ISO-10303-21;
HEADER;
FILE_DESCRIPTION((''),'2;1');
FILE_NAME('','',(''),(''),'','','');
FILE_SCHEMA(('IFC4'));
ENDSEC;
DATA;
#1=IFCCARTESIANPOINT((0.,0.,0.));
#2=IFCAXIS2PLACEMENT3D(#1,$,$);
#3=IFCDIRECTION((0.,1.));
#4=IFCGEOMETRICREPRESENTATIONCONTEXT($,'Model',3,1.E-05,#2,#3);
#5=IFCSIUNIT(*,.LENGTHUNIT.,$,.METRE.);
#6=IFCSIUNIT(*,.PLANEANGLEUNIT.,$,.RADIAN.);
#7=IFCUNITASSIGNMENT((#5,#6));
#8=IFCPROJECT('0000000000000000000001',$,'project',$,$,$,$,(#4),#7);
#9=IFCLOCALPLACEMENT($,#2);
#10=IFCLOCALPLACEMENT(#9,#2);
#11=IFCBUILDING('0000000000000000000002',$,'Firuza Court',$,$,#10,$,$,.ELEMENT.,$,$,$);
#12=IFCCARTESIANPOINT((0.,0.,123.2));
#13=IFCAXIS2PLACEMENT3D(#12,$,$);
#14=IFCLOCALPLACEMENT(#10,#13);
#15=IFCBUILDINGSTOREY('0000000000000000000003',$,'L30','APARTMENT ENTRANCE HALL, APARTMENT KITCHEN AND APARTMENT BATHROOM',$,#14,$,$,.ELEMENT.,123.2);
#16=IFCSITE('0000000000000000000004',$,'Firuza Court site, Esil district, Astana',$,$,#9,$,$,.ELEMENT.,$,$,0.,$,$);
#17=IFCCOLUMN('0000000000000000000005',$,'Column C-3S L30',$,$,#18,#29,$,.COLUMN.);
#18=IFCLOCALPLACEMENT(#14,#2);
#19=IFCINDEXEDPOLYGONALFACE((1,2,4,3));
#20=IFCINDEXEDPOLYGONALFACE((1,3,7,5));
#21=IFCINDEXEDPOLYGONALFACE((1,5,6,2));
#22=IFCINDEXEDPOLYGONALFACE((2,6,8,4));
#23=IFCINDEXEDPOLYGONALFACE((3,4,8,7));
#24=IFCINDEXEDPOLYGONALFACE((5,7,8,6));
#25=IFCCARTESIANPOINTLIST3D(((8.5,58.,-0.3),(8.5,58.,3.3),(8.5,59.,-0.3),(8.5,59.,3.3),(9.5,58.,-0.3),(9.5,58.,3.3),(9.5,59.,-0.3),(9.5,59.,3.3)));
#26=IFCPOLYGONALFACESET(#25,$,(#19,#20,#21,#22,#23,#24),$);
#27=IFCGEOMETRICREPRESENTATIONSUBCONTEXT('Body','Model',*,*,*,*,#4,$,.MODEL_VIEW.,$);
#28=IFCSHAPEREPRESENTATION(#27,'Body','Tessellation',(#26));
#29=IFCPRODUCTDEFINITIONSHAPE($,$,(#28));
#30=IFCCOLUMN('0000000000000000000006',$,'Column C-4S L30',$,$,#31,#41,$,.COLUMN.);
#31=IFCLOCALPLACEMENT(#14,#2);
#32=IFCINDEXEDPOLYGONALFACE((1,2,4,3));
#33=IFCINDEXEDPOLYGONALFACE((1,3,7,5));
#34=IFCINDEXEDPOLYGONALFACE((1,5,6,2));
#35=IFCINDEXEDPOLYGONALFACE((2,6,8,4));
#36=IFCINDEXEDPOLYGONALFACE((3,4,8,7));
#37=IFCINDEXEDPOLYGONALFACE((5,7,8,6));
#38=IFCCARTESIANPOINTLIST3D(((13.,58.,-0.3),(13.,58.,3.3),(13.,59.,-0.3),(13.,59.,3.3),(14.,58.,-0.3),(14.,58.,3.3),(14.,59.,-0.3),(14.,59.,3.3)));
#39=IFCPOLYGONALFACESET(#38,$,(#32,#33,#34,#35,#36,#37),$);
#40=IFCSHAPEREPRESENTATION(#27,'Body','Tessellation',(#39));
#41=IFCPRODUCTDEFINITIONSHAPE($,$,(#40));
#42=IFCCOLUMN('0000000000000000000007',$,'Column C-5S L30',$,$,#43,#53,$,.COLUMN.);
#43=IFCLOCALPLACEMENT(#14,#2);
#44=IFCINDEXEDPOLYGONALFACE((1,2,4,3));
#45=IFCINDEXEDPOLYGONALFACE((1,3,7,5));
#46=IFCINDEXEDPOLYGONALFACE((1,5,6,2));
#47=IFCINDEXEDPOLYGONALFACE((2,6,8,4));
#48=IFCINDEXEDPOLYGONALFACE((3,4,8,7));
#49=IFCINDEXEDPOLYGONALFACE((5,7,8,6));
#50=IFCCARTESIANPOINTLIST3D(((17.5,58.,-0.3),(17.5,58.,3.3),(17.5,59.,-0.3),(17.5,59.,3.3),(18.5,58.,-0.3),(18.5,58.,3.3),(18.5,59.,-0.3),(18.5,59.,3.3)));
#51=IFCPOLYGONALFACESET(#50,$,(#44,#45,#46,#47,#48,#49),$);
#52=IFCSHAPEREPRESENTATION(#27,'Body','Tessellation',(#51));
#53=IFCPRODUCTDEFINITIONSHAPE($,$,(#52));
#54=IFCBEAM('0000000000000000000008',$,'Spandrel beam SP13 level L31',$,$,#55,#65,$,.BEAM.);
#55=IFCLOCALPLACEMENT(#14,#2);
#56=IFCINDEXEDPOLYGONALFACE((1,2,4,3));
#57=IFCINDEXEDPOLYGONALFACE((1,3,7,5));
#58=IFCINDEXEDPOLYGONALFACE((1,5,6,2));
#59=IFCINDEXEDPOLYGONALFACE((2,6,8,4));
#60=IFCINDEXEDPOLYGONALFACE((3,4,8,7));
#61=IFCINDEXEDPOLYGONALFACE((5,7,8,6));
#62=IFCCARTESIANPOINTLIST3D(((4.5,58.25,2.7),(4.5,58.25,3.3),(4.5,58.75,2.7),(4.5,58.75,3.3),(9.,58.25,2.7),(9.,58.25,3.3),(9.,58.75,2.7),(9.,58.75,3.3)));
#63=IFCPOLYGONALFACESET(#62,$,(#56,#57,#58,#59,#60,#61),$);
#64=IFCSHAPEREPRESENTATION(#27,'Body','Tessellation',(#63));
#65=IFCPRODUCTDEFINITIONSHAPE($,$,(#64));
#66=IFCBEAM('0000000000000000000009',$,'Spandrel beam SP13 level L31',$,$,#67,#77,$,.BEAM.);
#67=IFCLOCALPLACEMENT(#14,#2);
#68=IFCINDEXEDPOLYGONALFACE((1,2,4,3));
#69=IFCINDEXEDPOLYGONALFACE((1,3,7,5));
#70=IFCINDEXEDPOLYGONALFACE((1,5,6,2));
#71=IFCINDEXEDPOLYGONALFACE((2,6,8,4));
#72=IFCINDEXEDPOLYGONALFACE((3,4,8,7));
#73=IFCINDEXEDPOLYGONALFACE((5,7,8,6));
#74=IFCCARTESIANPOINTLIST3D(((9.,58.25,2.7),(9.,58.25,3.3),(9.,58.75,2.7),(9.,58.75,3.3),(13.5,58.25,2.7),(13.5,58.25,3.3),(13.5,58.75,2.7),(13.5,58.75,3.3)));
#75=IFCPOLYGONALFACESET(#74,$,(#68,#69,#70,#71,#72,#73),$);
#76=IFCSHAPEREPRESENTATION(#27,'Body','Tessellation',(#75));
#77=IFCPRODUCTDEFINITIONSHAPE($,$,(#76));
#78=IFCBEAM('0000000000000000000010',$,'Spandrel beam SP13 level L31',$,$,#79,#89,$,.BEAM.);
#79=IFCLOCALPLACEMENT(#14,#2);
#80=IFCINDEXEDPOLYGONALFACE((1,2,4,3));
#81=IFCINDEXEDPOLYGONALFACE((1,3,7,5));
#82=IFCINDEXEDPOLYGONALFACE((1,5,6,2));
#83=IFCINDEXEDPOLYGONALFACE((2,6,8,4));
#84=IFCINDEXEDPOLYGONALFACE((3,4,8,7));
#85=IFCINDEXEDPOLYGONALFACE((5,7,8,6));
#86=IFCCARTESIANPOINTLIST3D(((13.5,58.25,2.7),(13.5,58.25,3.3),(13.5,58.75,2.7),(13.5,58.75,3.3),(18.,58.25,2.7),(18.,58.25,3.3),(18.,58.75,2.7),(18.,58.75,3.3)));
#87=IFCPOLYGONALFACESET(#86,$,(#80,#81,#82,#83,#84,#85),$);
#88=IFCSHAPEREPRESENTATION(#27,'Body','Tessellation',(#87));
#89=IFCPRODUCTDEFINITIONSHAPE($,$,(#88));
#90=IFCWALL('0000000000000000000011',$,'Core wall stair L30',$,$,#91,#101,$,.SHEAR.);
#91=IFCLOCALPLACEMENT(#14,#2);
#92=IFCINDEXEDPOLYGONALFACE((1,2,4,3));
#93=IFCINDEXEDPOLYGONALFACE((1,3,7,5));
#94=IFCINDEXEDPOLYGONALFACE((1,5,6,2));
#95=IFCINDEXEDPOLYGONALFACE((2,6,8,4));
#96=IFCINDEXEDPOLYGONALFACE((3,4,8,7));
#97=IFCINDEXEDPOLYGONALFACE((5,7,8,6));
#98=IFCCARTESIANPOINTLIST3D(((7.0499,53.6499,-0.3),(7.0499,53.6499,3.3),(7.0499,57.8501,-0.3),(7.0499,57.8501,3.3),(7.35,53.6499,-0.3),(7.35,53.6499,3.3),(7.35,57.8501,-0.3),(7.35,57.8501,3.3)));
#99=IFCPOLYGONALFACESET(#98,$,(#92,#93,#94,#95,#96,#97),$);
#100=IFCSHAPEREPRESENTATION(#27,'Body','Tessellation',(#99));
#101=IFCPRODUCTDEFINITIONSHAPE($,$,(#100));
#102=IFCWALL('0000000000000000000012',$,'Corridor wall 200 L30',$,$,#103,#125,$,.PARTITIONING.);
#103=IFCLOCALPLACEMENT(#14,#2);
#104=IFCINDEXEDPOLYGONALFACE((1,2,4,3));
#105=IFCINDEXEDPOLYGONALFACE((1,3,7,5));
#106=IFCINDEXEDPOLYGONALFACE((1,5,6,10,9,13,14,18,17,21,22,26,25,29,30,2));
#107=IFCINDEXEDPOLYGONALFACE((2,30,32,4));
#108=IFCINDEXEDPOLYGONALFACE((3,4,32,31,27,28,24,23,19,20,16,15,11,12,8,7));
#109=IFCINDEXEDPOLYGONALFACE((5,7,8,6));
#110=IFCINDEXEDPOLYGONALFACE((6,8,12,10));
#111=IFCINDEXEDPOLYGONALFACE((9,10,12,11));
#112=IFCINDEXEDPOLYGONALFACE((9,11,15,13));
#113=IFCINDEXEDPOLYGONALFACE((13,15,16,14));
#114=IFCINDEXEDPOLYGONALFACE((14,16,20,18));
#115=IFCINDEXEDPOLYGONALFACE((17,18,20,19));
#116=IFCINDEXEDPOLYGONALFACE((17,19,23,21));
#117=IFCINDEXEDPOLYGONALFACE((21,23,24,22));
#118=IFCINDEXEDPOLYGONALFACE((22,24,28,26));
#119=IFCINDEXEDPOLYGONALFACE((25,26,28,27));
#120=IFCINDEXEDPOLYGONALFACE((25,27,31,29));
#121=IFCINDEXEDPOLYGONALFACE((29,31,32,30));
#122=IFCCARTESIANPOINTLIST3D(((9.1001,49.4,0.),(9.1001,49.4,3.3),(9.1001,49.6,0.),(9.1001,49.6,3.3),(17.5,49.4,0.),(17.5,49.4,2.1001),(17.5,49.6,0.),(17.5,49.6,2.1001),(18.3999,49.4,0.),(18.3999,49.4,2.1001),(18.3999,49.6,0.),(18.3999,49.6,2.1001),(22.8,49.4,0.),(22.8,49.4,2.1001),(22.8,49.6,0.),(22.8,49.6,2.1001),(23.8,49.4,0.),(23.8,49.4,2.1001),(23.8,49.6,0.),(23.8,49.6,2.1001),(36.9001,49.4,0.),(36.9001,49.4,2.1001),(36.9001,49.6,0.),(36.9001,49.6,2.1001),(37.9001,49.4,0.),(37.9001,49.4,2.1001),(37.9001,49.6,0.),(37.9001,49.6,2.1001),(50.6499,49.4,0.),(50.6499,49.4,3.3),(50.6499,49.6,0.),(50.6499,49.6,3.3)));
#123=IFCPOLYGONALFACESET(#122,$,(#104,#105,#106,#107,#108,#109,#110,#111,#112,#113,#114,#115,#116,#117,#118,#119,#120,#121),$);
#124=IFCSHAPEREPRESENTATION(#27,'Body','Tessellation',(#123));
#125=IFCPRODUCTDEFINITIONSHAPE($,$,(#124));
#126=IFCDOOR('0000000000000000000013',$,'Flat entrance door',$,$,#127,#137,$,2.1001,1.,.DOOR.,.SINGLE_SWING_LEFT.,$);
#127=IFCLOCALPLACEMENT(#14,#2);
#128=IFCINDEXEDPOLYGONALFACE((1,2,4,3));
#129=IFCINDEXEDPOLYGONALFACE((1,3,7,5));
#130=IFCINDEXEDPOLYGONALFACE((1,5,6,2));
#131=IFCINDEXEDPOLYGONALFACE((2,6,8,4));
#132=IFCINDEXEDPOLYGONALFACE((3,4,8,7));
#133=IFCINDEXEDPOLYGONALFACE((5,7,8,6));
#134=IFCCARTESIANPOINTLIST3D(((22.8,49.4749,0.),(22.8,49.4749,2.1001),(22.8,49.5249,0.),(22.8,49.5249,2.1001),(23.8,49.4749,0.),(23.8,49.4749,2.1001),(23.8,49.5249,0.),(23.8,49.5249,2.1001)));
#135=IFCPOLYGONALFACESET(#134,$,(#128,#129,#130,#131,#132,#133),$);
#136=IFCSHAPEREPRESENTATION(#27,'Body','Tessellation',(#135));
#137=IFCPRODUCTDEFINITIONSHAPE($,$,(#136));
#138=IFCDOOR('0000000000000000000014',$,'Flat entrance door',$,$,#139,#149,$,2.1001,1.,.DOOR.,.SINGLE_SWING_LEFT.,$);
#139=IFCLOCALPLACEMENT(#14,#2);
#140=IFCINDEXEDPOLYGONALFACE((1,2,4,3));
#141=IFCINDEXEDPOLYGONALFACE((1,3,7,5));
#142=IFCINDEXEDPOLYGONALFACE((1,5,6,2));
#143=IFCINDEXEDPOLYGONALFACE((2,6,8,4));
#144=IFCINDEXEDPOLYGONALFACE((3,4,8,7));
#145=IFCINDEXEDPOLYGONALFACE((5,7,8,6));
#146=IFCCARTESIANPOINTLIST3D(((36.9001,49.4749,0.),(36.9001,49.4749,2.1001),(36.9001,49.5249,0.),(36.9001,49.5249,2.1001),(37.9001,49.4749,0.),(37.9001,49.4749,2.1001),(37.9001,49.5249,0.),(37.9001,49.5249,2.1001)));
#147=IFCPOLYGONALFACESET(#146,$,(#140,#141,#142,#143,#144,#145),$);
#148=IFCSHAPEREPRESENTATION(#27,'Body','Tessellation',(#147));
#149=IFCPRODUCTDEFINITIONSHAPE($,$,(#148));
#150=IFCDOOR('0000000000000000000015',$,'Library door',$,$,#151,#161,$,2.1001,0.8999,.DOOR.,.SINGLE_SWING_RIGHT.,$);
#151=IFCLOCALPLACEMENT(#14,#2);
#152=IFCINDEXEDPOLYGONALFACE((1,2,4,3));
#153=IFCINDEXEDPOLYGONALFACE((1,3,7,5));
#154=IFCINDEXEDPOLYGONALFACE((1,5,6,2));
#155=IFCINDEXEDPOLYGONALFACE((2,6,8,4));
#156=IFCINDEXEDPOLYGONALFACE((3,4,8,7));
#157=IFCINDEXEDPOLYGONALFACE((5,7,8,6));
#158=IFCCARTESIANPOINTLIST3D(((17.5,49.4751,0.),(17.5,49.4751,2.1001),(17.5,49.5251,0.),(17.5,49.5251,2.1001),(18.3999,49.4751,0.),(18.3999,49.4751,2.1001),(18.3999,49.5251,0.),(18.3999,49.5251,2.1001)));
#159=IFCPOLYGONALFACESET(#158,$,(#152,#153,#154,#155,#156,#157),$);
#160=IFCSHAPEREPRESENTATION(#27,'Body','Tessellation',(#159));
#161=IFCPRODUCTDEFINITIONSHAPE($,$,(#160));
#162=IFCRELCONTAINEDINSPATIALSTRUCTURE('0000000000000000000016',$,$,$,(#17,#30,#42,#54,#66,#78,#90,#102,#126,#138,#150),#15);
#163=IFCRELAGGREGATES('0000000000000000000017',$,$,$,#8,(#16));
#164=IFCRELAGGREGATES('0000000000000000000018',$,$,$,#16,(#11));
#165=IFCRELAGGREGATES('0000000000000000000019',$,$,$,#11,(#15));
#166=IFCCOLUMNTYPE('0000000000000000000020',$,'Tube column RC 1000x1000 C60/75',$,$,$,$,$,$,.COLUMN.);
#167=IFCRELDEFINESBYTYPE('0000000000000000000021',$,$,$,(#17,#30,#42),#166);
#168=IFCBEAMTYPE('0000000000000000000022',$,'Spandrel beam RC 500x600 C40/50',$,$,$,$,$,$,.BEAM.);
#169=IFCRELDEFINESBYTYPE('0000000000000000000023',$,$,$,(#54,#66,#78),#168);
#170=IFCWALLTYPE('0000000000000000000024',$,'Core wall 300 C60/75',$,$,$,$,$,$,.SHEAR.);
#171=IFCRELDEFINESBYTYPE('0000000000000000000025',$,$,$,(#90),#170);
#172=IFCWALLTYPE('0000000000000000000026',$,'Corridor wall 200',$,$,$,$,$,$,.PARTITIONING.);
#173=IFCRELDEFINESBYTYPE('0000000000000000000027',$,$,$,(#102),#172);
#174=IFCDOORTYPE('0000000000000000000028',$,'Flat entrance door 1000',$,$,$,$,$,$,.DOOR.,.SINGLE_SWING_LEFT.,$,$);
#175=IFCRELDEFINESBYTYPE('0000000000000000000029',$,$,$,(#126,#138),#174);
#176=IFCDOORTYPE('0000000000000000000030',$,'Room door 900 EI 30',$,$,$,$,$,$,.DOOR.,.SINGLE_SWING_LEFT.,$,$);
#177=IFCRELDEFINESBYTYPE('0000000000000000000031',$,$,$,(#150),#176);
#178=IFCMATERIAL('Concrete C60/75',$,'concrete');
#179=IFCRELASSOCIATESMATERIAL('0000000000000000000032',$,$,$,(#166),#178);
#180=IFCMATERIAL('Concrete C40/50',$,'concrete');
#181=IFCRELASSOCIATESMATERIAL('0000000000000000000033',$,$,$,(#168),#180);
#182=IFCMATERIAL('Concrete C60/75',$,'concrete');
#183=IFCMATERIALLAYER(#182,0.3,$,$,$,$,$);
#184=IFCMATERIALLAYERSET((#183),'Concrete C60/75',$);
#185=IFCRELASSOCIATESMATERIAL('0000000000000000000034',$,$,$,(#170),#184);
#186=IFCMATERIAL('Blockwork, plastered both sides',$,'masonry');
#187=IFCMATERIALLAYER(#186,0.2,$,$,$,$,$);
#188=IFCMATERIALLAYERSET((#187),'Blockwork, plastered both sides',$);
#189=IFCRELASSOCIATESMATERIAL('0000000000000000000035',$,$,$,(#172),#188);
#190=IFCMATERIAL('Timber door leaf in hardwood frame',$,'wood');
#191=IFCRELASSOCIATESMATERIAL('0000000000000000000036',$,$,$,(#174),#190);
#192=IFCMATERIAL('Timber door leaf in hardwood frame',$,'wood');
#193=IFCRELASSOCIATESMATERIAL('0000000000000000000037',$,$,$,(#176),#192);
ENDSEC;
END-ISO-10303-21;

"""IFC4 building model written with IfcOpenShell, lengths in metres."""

from ifc_helpers import new_model, si_unit, direction, frame, frame_2d, origin, origin_2d, place, context, subcontext, project, spatial, rectangle, extrude, material, layer, layer_set, material_profile, profile_set, type_object, element, fill, save


model = new_model("IFC4")

# Units and contexts
model_context = context("Model", 3, precision=1e-05, world=origin(), true_north=direction((0.0, 1.0)))
body_context = subcontext(model_context, "Body", "Model", "MODEL_VIEW")
ifc_project = project(units=[si_unit("LENGTHUNIT", "METRE"), si_unit("PLANEANGLEUNIT", "RADIAN")], contexts=[model_context])

# Site, building, storey
site_placement = place(None, origin())
site = spatial("IfcSite", under=ifc_project, at=site_placement, Name="Firuza Court site, Esil district, Astana", CompositionType="ELEMENT", RefElevation=0.0)
building_placement = place(site_placement, origin())
building = spatial("IfcBuilding", under=site, at=building_placement, Name="Firuza Court", CompositionType="ELEMENT")
storey_placement = place(building_placement, frame((0.0, 0.0, 123.2)))
storey = spatial("IfcBuildingStorey", under=building, at=storey_placement, Name="L30", Description="APARTMENT ENTRANCE HALL, APARTMENT KITCHEN AND APARTMENT BATHROOM", CompositionType="ELEMENT", Elevation=123.2)

# Columns
ifc_material_1 = material(Name="Concrete C60/75", Category="concrete")
ifc_material_profile_1 = material_profile(ifc_material_1, rectangle(XDim=1.0, YDim=1.0, at=origin_2d()), Name="RC 1000x1000")
ifc_profile_set_1 = profile_set([ifc_material_profile_1], Name="Concrete C60/75")
column_type = type_object("IfcColumnType", Name="Tube column RC 1000x1000 C60/75", PredefinedType="COLUMN", material=ifc_profile_set_1)
for number, where, z_axis, x_axis, name in (
    (1, (9.0, 58.5, -0.3), (0.0, 0.0, 1.0), (1.0, 0.0, 0.0), "Column C-3S L30"),
    (2, (13.5, 58.5, -0.3), (0.0, 0.0, 1.0), (1.0, 0.0, 0.0), "Column C-4S L30"),
    (3, (18.0, 58.5, -0.3), (0.0, 0.0, 1.0), (1.0, 0.0, 0.0), "Column C-5S L30"),
):
    element("IfcColumn", number, at=place(storey_placement, frame(where, z_axis=z_axis, x_axis=x_axis)), inside=storey, type_object=column_type, Name=name, PredefinedType="COLUMN", context=body_context, shape_type="SweptSolid", body=[
        extrude(rectangle(XDim=1.0, YDim=1.0, at=origin_2d()), origin(), (0.0, 0.0, 1.0), 3.6001),
    ])

# Beams
ifc_material_2 = material(Name="Concrete C40/50", Category="concrete")
ifc_material_profile_2 = material_profile(ifc_material_2, rectangle(XDim=0.5, YDim=0.6001, at=origin_2d()), Name="RC 500x600")
ifc_profile_set_2 = profile_set([ifc_material_profile_2], Name="Concrete C40/50")
beam_type = type_object("IfcBeamType", Name="Spandrel beam RC 500x600 C40/50", PredefinedType="BEAM", material=ifc_profile_set_2)
for number, where, z_axis, x_axis, name in (
    (4, (9.0, 58.5, 3.0), (-1.0, 0.0, 0.0), (0.0, -1.0, 0.0), "Spandrel beam SP13 level L31"),
    (5, (13.5, 58.5, 3.0), (-1.0, 0.0, 0.0), (0.0, -1.0, 0.0), "Spandrel beam SP13 level L31"),
    (6, (18.0, 58.5, 3.0), (-1.0, 0.0, 0.0), (0.0, -1.0, 0.0), "Spandrel beam SP13 level L31"),
):
    element("IfcBeam", number, at=place(storey_placement, frame(where, z_axis=z_axis, x_axis=x_axis)), inside=storey, type_object=beam_type, Name=name, PredefinedType="BEAM", context=body_context, shape_type="SweptSolid", body=[
        extrude(rectangle(XDim=0.5, YDim=0.6001, at=origin_2d()), origin(), (0.0, 0.0, 1.0), 4.5),
    ])

# Wall
ifc_material_3 = material(Name="Concrete C60/75", Category="concrete")
ifc_layer_1 = layer(ifc_material_3, 0.3)
ifc_layer_set_1 = layer_set([ifc_layer_1], Name="Concrete C60/75")
wall_type_1 = type_object("IfcWallType", Name="Core wall 300 C60/75", PredefinedType="SHEAR", material=ifc_layer_set_1)
wall_1_placement = place(storey_placement, frame((7.2, 53.6499, -0.3), z_axis=(0.0, 0.0, 1.0), x_axis=(0.0, 1.0, 0.0)))
element("IfcWall", 7, at=wall_1_placement, inside=storey, type_object=wall_type_1, Name="Core wall stair L30", PredefinedType="SHEAR", context=body_context, shape_type="SweptSolid", body=[
    extrude(rectangle(XDim=4.2002, YDim=0.3, at=frame_2d((2.1001, 0.0))), origin(), (0.0, 0.0, 1.0), 3.6001),
])

# Wall, openings, doors
ifc_material_4 = material(Name="Blockwork, plastered both sides", Category="masonry")
ifc_layer_2 = layer(ifc_material_4, 0.2)
ifc_layer_set_2 = layer_set([ifc_layer_2], Name="Blockwork, plastered both sides")
wall_type_2 = type_object("IfcWallType", Name="Corridor wall 200", PredefinedType="PARTITIONING", material=ifc_layer_set_2)
wall_2_placement = place(storey_placement, frame((9.1001, 49.5, 0.0), z_axis=(0.0, 0.0, 1.0), x_axis=(1.0, 0.0, 0.0)))
wall_2 = element("IfcWall", 8, at=wall_2_placement, inside=storey, type_object=wall_type_2, Name="Corridor wall 200 L30", PredefinedType="PARTITIONING", context=body_context, shape_type="SweptSolid", body=[
    extrude(rectangle(XDim=41.5498, YDim=0.2, at=frame_2d((20.7749, 0.0))), origin(), (0.0, 0.0, 1.0), 3.3),
])
opening_1_placement = place(wall_2_placement, frame((13.7, 0.0, 0.0)))
opening_1 = element("IfcOpeningElement", 9, at=opening_1_placement, cuts=wall_2, PredefinedType="OPENING", context=body_context, shape_type="SweptSolid", body=[
    extrude(rectangle(XDim=1.0, YDim=2.1001, at=frame_2d((0.5, 1.05))), frame((0.0, 0.1118, 0.0), z_axis=(0.0, -1.0, 0.0), x_axis=(1.0, 0.0, 0.0)), (0.0, 0.0, 1.0), 0.2239),
])
opening_2_placement = place(wall_2_placement, frame((27.8, 0.0, 0.0)))
opening_2 = element("IfcOpeningElement", 10, at=opening_2_placement, cuts=wall_2, PredefinedType="OPENING", context=body_context, shape_type="SweptSolid", body=[
    extrude(rectangle(XDim=1.0, YDim=2.1001, at=frame_2d((0.5, 1.05))), frame((0.0, 0.1118, 0.0), z_axis=(0.0, -1.0, 0.0), x_axis=(1.0, 0.0, 0.0)), (0.0, 0.0, 1.0), 0.2239),
])
opening_3_placement = place(wall_2_placement, frame((8.3999, 0.0, 0.0)))
opening_3 = element("IfcOpeningElement", 11, at=opening_3_placement, cuts=wall_2, PredefinedType="OPENING", context=body_context, shape_type="SweptSolid", body=[
    extrude(rectangle(XDim=0.8999, YDim=2.1001, at=frame_2d((0.45, 1.05))), frame((0.0, 0.1118, 0.0), z_axis=(0.0, -1.0, 0.0), x_axis=(1.0, 0.0, 0.0)), (0.0, 0.0, 1.0), 0.2239),
])
ifc_material_5 = material(Name="Timber door leaf in hardwood frame", Category="wood")
door_type_1 = type_object("IfcDoorType", Name="Flat entrance door 1000", OperationType="SINGLE_SWING_LEFT", PredefinedType="DOOR", material=ifc_material_5)
door_1_placement = place(opening_1_placement, origin())
door_1 = element("IfcDoor", 12, at=door_1_placement, inside=storey, type_object=door_type_1, Name="Flat entrance door", OperationType="SINGLE_SWING_LEFT", OverallHeight=2.1001, OverallWidth=1.0, PredefinedType="DOOR", context=body_context, shape_type="SweptSolid", body=[
    extrude(rectangle(XDim=1.0, YDim=2.1001, at=frame_2d((0.5, 1.05))), frame((0.0, 0.0249, 0.0), z_axis=(0.0, -1.0, 0.0), x_axis=(1.0, 0.0, 0.0)), (0.0, 0.0, 1.0), 0.05),
])
fill(opening_1, door_1)
door_2_placement = place(opening_2_placement, origin())
door_2 = element("IfcDoor", 13, at=door_2_placement, inside=storey, type_object=door_type_1, Name="Flat entrance door", OperationType="SINGLE_SWING_LEFT", OverallHeight=2.1001, OverallWidth=1.0, PredefinedType="DOOR", context=body_context, shape_type="SweptSolid", body=[
    extrude(rectangle(XDim=1.0, YDim=2.1001, at=frame_2d((0.5, 1.05))), frame((0.0, 0.0249, 0.0), z_axis=(0.0, -1.0, 0.0), x_axis=(1.0, 0.0, 0.0)), (0.0, 0.0, 1.0), 0.05),
])
fill(opening_2, door_2)
ifc_material_6 = material(Name="Timber door leaf in hardwood frame", Category="wood")
door_type_2 = type_object("IfcDoorType", Name="Room door 900 EI 30", OperationType="SINGLE_SWING_LEFT", PredefinedType="DOOR", material=ifc_material_6)
door_3_placement = place(opening_3_placement, frame((0.8999, 0.0, 0.0), z_axis=(0.0, 0.0, 1.0), x_axis=(-1.0, 0.0, 0.0)))
door_3 = element("IfcDoor", 14, at=door_3_placement, inside=storey, type_object=door_type_2, Name="Library door", OperationType="SINGLE_SWING_RIGHT", OverallHeight=2.1001, OverallWidth=0.8999, PredefinedType="DOOR", context=body_context, shape_type="SweptSolid", body=[
    extrude(rectangle(XDim=0.8999, YDim=2.1001, at=frame_2d((0.45, 1.05))), frame((0.0, 0.0249, 0.0), z_axis=(0.0, -1.0, 0.0), x_axis=(1.0, 0.0, 0.0)), (0.0, 0.0, 1.0), 0.05),
])
fill(opening_3, door_3)

save(model, "model.ifc")
